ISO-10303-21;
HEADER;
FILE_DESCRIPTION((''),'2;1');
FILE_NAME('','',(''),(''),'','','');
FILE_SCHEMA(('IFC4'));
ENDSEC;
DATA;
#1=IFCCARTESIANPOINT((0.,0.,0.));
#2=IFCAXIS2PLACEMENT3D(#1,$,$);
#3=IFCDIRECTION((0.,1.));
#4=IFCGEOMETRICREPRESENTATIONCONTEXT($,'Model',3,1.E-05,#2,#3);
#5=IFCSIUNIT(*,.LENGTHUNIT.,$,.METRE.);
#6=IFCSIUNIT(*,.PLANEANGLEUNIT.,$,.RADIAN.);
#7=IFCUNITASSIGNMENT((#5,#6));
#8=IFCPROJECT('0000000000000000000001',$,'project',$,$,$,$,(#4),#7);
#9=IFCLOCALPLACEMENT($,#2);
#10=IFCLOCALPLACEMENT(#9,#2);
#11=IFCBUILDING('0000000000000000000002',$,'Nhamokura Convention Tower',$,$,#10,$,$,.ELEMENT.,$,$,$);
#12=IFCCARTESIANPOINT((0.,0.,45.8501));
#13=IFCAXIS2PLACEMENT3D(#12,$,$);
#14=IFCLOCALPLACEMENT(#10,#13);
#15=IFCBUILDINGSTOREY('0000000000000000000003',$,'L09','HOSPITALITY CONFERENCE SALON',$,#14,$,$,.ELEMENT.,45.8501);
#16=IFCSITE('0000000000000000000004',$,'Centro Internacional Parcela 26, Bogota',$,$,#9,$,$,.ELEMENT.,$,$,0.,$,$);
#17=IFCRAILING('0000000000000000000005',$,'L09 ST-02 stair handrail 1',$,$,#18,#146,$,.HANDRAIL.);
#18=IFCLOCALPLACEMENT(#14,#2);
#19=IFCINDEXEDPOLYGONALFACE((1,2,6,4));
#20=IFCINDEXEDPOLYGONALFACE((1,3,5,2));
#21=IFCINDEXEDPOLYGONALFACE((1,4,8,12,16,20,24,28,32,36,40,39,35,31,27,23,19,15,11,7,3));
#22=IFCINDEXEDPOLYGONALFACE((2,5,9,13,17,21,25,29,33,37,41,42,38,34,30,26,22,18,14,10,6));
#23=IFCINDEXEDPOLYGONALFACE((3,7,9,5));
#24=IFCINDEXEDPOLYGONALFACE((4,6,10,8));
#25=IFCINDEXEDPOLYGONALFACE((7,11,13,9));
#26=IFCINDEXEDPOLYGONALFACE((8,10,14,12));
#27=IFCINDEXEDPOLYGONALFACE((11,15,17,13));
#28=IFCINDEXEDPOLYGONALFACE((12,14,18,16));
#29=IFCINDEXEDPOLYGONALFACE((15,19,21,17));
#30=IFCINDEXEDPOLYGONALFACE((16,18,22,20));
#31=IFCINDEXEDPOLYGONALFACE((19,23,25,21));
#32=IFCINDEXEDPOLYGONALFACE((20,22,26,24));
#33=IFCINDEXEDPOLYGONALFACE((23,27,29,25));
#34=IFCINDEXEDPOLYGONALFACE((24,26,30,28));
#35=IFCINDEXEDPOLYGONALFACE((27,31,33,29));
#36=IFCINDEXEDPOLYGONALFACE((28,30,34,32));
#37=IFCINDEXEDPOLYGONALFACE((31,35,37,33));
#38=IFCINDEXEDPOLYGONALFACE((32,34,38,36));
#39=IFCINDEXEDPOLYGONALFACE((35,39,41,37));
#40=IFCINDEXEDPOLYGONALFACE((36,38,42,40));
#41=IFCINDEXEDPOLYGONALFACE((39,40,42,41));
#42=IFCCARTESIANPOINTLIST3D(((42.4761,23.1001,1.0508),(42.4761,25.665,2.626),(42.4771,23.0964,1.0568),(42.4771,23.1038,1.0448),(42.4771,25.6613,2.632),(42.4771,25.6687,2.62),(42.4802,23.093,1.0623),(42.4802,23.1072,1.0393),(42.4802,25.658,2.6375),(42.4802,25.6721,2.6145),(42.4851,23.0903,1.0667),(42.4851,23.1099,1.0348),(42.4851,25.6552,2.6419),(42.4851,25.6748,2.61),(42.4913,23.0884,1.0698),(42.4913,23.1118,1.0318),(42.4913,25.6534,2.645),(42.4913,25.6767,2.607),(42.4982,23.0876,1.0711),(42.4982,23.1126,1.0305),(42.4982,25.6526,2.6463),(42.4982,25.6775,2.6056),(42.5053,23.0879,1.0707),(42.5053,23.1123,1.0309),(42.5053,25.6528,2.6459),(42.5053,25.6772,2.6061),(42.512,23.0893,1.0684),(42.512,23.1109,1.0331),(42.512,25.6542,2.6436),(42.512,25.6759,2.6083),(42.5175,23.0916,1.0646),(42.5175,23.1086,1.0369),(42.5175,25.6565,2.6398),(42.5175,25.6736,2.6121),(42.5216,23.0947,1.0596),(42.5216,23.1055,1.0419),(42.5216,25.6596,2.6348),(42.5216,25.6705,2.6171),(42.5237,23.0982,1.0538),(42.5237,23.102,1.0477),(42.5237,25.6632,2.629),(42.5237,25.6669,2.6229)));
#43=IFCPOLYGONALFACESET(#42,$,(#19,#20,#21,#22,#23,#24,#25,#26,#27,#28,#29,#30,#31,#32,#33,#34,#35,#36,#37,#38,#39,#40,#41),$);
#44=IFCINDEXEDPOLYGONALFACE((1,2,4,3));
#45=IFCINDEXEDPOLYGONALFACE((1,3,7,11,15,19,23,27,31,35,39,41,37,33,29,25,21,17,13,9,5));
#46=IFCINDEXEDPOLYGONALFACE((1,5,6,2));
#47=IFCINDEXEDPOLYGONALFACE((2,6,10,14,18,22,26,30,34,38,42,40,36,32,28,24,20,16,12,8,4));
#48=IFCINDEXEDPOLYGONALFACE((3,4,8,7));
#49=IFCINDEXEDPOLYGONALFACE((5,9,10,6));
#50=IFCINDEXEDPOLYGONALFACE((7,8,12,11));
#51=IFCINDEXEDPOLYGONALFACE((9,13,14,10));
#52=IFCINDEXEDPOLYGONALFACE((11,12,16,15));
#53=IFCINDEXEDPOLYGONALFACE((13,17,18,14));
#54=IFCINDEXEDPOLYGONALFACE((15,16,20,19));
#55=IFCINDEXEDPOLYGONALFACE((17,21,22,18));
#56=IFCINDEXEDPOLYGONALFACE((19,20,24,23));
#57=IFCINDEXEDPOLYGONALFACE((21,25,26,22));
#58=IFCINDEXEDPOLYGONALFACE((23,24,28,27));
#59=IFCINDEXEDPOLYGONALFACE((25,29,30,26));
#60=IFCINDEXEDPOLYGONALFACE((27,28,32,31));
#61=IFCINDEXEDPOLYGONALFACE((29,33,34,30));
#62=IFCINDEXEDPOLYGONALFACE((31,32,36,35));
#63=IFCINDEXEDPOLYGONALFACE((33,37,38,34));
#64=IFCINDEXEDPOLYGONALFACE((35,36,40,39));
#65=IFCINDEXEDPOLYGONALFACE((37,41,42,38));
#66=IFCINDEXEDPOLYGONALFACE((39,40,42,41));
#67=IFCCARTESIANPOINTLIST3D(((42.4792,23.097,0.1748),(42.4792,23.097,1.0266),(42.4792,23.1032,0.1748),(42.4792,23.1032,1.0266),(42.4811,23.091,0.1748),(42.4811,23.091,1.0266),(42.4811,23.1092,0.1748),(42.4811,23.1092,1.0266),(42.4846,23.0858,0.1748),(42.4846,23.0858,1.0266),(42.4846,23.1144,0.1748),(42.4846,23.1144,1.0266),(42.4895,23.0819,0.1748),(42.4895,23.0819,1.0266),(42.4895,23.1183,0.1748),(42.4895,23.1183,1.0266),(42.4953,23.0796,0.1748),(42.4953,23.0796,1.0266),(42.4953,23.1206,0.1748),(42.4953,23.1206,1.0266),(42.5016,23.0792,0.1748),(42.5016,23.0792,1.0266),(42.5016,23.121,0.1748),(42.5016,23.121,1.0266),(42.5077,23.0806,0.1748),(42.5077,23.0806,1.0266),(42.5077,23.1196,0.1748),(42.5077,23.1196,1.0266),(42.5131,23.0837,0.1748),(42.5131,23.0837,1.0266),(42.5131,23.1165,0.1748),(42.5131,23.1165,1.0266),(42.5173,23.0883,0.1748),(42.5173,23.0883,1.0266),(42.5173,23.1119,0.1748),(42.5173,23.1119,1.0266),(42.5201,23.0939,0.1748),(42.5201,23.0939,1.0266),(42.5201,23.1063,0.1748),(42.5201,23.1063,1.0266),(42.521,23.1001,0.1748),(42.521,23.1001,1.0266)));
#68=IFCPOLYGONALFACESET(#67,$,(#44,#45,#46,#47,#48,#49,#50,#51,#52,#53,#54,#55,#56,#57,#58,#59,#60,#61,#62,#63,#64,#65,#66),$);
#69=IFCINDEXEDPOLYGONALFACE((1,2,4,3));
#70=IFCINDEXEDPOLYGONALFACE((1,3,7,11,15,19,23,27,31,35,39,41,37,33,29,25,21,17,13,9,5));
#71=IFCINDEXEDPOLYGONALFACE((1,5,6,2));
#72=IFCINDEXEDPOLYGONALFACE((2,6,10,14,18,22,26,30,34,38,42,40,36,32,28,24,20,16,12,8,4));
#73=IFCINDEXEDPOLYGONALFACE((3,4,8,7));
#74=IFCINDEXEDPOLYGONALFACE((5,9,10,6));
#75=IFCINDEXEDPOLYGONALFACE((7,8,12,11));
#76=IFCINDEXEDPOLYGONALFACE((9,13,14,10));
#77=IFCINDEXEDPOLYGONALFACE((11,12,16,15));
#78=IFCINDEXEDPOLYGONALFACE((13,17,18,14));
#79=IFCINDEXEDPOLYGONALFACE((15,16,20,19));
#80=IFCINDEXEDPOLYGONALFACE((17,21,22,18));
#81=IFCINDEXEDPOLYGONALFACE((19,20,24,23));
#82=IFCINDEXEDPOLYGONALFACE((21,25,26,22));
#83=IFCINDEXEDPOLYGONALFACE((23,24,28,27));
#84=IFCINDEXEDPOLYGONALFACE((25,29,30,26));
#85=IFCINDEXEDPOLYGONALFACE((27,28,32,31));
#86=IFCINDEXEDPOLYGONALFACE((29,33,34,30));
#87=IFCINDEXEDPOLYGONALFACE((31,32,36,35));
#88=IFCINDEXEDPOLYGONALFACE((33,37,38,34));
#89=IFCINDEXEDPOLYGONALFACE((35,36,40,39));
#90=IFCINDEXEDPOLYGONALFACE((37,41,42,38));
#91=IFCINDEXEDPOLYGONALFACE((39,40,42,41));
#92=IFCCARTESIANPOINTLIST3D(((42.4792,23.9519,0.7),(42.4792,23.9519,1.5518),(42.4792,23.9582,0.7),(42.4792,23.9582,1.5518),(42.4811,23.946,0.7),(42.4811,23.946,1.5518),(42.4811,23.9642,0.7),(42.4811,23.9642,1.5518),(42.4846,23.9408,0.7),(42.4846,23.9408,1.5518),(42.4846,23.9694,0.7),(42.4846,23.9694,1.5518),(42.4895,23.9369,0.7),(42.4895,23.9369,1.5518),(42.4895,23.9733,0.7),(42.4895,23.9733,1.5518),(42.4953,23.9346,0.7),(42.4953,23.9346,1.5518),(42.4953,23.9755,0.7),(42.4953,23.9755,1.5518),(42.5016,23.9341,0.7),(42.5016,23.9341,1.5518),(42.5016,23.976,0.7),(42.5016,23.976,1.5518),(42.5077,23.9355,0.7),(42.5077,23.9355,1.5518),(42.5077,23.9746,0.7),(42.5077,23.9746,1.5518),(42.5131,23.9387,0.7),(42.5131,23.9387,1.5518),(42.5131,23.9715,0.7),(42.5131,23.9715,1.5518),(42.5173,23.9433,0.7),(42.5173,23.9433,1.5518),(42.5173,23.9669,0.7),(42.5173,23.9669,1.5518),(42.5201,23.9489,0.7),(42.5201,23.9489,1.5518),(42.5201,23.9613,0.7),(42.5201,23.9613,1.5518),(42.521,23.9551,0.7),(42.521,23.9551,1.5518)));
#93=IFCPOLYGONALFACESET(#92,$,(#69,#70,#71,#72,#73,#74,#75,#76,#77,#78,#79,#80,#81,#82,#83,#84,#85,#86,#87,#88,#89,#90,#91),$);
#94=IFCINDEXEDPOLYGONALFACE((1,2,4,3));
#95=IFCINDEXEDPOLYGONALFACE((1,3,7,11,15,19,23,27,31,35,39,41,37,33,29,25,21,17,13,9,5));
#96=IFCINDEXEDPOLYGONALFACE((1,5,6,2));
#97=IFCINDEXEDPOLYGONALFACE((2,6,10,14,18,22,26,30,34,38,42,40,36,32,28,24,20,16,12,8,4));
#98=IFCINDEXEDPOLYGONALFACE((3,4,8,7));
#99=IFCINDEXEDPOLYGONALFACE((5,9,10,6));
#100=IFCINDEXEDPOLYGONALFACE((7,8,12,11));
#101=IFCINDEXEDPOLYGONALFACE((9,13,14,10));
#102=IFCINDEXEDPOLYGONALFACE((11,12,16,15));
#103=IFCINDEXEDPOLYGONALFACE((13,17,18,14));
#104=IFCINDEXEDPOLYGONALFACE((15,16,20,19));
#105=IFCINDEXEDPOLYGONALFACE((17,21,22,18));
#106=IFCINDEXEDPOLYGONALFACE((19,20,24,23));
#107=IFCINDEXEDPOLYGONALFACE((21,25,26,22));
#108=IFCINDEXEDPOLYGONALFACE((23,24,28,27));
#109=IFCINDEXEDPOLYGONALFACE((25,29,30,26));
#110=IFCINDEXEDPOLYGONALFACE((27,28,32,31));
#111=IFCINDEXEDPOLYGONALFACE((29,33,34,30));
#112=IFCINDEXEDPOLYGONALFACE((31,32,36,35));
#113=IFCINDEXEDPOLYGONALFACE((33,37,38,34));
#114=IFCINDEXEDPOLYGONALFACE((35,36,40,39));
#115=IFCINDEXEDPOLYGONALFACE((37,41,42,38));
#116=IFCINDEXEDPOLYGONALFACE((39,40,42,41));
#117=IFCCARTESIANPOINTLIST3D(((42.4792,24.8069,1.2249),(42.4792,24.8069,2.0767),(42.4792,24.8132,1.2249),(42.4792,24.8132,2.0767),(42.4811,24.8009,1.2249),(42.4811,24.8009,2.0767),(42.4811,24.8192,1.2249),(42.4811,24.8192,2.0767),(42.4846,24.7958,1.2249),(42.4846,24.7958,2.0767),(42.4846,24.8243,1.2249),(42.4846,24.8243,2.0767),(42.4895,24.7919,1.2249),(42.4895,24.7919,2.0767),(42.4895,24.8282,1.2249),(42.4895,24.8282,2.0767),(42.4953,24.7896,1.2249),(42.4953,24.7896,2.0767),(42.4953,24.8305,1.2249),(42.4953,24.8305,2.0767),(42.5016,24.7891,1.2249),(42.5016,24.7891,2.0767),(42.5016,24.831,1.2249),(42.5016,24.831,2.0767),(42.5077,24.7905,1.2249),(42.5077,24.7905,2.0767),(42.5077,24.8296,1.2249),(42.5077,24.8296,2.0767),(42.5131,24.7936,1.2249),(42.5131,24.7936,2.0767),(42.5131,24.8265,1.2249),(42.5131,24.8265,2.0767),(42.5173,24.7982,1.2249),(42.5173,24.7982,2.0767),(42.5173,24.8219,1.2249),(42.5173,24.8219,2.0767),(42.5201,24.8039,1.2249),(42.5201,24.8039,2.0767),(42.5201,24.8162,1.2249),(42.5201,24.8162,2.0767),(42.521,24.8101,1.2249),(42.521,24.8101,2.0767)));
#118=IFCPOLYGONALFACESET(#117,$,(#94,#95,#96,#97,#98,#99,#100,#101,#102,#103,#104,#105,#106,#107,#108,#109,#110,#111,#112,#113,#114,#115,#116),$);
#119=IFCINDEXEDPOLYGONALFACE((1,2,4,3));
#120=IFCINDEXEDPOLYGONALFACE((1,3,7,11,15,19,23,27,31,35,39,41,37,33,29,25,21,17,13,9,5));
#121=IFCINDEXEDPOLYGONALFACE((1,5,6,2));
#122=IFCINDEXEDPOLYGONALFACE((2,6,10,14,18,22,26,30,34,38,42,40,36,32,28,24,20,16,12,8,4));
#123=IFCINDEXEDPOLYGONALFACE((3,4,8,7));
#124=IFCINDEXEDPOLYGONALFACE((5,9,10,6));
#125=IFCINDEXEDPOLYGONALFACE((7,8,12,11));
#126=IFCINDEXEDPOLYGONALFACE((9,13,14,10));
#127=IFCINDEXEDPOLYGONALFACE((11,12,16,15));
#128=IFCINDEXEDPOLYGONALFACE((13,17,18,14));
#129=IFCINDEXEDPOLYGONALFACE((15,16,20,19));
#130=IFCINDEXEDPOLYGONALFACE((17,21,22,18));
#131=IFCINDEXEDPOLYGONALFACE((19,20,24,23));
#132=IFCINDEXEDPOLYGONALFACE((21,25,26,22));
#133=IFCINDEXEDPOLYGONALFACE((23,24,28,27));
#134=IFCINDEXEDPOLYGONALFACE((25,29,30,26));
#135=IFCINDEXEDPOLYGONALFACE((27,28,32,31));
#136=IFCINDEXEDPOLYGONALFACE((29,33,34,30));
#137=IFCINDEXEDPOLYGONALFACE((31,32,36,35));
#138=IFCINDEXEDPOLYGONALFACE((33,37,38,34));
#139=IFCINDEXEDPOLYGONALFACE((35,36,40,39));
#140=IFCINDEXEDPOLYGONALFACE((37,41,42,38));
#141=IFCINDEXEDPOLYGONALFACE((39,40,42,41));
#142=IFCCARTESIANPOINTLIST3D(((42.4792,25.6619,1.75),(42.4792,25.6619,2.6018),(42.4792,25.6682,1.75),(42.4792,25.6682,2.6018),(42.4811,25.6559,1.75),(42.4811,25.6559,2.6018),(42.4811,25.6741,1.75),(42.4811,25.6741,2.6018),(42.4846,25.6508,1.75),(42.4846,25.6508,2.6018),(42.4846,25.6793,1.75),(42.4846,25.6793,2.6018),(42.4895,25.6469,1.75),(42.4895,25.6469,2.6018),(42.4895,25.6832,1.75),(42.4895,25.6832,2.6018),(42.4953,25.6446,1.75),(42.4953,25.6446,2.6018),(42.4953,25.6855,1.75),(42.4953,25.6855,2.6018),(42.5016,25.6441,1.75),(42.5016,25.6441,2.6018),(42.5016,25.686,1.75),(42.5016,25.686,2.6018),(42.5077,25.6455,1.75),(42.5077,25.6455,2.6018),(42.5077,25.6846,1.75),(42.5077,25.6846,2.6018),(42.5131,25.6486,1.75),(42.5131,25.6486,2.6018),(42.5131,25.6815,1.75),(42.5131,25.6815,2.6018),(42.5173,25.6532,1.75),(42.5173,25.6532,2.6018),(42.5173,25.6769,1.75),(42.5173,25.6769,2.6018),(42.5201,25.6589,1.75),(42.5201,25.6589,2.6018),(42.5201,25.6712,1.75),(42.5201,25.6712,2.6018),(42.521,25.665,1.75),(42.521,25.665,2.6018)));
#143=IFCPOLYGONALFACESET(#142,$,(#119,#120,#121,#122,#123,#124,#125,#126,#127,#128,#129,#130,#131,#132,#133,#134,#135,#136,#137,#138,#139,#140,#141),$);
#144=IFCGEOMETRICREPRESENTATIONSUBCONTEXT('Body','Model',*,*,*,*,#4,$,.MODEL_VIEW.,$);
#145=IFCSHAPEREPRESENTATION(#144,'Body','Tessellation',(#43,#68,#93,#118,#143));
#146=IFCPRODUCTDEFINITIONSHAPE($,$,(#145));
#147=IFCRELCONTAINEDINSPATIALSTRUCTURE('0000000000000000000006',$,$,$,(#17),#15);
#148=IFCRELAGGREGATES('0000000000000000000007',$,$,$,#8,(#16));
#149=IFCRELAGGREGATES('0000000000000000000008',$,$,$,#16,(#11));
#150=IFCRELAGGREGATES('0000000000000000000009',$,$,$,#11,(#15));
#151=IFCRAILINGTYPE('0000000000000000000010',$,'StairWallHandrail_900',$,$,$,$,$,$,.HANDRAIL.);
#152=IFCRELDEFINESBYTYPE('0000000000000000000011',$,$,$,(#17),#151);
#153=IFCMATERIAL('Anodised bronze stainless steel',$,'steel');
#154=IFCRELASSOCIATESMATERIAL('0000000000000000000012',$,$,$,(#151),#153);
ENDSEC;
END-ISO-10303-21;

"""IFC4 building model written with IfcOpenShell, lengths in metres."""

from ifc_helpers import new_model, si_unit, direction, frame, origin, origin_2d, place, context, subcontext, project, spatial, circle, extrude, material, type_object, element, save


model = new_model("IFC4")

# Units and contexts
model_context = context("Model", 3, precision=1e-05, world=origin(), true_north=direction((0.0, 1.0)))
body_context = subcontext(model_context, "Body", "Model", "MODEL_VIEW")
ifc_project = project(units=[si_unit("LENGTHUNIT", "METRE"), si_unit("PLANEANGLEUNIT", "RADIAN")], contexts=[model_context])

# Site, building, storey
site_placement = place(None, origin())
site = spatial("IfcSite", under=ifc_project, at=site_placement, Name="Centro Internacional Parcela 26, Bogota", CompositionType="ELEMENT", RefElevation=0.0)
building_placement = place(site_placement, origin())
building = spatial("IfcBuilding", under=site, at=building_placement, Name="Nhamokura Convention Tower", CompositionType="ELEMENT")
storey_placement = place(building_placement, frame((0.0, 0.0, 45.8501)))
storey = spatial("IfcBuildingStorey", under=building, at=storey_placement, Name="L09", Description="HOSPITALITY CONFERENCE SALON", CompositionType="ELEMENT", Elevation=45.8501)

# Railing
ifc_material_1 = material(Name="Anodised bronze stainless steel", Category="steel")
railing_type_1 = type_object("IfcRailingType", Name="StairWallHandrail_900", PredefinedType="HANDRAIL", material=ifc_material_1)
railing_1_placement = place(storey_placement, frame((42.5, 23.1001, 0.1748)))
element("IfcRailing", 1, at=railing_1_placement, inside=storey, type_object=railing_type_1, Name="L09 ST-02 stair handrail 1", PredefinedType="HANDRAIL", context=body_context, shape_type="SweptSolid", body=[
    extrude(circle(Radius=0.0239, at=origin_2d()), frame((0.0, 0.0, 0.876), z_axis=(0.0, 0.852137, 0.523319), x_axis=(-1.0, 0.0, 0.0)), (0.0, 0.0, 1.0), 3.01),
    extrude(circle(Radius=0.021, at=origin_2d()), origin(), (0.0, 0.0, 1.0), 0.8518),
    extrude(circle(Radius=0.021, at=origin_2d()), frame((0.0, 0.855, 0.5251)), (0.0, 0.0, 1.0), 0.8518),
    extrude(circle(Radius=0.021, at=origin_2d()), frame((0.0, 1.71, 1.05)), (0.0, 0.0, 1.0), 0.8518),
    extrude(circle(Radius=0.021, at=origin_2d()), frame((0.0, 2.5649, 1.5752)), (0.0, 0.0, 1.0), 0.8518),
])

save(model, "model.ifc")
